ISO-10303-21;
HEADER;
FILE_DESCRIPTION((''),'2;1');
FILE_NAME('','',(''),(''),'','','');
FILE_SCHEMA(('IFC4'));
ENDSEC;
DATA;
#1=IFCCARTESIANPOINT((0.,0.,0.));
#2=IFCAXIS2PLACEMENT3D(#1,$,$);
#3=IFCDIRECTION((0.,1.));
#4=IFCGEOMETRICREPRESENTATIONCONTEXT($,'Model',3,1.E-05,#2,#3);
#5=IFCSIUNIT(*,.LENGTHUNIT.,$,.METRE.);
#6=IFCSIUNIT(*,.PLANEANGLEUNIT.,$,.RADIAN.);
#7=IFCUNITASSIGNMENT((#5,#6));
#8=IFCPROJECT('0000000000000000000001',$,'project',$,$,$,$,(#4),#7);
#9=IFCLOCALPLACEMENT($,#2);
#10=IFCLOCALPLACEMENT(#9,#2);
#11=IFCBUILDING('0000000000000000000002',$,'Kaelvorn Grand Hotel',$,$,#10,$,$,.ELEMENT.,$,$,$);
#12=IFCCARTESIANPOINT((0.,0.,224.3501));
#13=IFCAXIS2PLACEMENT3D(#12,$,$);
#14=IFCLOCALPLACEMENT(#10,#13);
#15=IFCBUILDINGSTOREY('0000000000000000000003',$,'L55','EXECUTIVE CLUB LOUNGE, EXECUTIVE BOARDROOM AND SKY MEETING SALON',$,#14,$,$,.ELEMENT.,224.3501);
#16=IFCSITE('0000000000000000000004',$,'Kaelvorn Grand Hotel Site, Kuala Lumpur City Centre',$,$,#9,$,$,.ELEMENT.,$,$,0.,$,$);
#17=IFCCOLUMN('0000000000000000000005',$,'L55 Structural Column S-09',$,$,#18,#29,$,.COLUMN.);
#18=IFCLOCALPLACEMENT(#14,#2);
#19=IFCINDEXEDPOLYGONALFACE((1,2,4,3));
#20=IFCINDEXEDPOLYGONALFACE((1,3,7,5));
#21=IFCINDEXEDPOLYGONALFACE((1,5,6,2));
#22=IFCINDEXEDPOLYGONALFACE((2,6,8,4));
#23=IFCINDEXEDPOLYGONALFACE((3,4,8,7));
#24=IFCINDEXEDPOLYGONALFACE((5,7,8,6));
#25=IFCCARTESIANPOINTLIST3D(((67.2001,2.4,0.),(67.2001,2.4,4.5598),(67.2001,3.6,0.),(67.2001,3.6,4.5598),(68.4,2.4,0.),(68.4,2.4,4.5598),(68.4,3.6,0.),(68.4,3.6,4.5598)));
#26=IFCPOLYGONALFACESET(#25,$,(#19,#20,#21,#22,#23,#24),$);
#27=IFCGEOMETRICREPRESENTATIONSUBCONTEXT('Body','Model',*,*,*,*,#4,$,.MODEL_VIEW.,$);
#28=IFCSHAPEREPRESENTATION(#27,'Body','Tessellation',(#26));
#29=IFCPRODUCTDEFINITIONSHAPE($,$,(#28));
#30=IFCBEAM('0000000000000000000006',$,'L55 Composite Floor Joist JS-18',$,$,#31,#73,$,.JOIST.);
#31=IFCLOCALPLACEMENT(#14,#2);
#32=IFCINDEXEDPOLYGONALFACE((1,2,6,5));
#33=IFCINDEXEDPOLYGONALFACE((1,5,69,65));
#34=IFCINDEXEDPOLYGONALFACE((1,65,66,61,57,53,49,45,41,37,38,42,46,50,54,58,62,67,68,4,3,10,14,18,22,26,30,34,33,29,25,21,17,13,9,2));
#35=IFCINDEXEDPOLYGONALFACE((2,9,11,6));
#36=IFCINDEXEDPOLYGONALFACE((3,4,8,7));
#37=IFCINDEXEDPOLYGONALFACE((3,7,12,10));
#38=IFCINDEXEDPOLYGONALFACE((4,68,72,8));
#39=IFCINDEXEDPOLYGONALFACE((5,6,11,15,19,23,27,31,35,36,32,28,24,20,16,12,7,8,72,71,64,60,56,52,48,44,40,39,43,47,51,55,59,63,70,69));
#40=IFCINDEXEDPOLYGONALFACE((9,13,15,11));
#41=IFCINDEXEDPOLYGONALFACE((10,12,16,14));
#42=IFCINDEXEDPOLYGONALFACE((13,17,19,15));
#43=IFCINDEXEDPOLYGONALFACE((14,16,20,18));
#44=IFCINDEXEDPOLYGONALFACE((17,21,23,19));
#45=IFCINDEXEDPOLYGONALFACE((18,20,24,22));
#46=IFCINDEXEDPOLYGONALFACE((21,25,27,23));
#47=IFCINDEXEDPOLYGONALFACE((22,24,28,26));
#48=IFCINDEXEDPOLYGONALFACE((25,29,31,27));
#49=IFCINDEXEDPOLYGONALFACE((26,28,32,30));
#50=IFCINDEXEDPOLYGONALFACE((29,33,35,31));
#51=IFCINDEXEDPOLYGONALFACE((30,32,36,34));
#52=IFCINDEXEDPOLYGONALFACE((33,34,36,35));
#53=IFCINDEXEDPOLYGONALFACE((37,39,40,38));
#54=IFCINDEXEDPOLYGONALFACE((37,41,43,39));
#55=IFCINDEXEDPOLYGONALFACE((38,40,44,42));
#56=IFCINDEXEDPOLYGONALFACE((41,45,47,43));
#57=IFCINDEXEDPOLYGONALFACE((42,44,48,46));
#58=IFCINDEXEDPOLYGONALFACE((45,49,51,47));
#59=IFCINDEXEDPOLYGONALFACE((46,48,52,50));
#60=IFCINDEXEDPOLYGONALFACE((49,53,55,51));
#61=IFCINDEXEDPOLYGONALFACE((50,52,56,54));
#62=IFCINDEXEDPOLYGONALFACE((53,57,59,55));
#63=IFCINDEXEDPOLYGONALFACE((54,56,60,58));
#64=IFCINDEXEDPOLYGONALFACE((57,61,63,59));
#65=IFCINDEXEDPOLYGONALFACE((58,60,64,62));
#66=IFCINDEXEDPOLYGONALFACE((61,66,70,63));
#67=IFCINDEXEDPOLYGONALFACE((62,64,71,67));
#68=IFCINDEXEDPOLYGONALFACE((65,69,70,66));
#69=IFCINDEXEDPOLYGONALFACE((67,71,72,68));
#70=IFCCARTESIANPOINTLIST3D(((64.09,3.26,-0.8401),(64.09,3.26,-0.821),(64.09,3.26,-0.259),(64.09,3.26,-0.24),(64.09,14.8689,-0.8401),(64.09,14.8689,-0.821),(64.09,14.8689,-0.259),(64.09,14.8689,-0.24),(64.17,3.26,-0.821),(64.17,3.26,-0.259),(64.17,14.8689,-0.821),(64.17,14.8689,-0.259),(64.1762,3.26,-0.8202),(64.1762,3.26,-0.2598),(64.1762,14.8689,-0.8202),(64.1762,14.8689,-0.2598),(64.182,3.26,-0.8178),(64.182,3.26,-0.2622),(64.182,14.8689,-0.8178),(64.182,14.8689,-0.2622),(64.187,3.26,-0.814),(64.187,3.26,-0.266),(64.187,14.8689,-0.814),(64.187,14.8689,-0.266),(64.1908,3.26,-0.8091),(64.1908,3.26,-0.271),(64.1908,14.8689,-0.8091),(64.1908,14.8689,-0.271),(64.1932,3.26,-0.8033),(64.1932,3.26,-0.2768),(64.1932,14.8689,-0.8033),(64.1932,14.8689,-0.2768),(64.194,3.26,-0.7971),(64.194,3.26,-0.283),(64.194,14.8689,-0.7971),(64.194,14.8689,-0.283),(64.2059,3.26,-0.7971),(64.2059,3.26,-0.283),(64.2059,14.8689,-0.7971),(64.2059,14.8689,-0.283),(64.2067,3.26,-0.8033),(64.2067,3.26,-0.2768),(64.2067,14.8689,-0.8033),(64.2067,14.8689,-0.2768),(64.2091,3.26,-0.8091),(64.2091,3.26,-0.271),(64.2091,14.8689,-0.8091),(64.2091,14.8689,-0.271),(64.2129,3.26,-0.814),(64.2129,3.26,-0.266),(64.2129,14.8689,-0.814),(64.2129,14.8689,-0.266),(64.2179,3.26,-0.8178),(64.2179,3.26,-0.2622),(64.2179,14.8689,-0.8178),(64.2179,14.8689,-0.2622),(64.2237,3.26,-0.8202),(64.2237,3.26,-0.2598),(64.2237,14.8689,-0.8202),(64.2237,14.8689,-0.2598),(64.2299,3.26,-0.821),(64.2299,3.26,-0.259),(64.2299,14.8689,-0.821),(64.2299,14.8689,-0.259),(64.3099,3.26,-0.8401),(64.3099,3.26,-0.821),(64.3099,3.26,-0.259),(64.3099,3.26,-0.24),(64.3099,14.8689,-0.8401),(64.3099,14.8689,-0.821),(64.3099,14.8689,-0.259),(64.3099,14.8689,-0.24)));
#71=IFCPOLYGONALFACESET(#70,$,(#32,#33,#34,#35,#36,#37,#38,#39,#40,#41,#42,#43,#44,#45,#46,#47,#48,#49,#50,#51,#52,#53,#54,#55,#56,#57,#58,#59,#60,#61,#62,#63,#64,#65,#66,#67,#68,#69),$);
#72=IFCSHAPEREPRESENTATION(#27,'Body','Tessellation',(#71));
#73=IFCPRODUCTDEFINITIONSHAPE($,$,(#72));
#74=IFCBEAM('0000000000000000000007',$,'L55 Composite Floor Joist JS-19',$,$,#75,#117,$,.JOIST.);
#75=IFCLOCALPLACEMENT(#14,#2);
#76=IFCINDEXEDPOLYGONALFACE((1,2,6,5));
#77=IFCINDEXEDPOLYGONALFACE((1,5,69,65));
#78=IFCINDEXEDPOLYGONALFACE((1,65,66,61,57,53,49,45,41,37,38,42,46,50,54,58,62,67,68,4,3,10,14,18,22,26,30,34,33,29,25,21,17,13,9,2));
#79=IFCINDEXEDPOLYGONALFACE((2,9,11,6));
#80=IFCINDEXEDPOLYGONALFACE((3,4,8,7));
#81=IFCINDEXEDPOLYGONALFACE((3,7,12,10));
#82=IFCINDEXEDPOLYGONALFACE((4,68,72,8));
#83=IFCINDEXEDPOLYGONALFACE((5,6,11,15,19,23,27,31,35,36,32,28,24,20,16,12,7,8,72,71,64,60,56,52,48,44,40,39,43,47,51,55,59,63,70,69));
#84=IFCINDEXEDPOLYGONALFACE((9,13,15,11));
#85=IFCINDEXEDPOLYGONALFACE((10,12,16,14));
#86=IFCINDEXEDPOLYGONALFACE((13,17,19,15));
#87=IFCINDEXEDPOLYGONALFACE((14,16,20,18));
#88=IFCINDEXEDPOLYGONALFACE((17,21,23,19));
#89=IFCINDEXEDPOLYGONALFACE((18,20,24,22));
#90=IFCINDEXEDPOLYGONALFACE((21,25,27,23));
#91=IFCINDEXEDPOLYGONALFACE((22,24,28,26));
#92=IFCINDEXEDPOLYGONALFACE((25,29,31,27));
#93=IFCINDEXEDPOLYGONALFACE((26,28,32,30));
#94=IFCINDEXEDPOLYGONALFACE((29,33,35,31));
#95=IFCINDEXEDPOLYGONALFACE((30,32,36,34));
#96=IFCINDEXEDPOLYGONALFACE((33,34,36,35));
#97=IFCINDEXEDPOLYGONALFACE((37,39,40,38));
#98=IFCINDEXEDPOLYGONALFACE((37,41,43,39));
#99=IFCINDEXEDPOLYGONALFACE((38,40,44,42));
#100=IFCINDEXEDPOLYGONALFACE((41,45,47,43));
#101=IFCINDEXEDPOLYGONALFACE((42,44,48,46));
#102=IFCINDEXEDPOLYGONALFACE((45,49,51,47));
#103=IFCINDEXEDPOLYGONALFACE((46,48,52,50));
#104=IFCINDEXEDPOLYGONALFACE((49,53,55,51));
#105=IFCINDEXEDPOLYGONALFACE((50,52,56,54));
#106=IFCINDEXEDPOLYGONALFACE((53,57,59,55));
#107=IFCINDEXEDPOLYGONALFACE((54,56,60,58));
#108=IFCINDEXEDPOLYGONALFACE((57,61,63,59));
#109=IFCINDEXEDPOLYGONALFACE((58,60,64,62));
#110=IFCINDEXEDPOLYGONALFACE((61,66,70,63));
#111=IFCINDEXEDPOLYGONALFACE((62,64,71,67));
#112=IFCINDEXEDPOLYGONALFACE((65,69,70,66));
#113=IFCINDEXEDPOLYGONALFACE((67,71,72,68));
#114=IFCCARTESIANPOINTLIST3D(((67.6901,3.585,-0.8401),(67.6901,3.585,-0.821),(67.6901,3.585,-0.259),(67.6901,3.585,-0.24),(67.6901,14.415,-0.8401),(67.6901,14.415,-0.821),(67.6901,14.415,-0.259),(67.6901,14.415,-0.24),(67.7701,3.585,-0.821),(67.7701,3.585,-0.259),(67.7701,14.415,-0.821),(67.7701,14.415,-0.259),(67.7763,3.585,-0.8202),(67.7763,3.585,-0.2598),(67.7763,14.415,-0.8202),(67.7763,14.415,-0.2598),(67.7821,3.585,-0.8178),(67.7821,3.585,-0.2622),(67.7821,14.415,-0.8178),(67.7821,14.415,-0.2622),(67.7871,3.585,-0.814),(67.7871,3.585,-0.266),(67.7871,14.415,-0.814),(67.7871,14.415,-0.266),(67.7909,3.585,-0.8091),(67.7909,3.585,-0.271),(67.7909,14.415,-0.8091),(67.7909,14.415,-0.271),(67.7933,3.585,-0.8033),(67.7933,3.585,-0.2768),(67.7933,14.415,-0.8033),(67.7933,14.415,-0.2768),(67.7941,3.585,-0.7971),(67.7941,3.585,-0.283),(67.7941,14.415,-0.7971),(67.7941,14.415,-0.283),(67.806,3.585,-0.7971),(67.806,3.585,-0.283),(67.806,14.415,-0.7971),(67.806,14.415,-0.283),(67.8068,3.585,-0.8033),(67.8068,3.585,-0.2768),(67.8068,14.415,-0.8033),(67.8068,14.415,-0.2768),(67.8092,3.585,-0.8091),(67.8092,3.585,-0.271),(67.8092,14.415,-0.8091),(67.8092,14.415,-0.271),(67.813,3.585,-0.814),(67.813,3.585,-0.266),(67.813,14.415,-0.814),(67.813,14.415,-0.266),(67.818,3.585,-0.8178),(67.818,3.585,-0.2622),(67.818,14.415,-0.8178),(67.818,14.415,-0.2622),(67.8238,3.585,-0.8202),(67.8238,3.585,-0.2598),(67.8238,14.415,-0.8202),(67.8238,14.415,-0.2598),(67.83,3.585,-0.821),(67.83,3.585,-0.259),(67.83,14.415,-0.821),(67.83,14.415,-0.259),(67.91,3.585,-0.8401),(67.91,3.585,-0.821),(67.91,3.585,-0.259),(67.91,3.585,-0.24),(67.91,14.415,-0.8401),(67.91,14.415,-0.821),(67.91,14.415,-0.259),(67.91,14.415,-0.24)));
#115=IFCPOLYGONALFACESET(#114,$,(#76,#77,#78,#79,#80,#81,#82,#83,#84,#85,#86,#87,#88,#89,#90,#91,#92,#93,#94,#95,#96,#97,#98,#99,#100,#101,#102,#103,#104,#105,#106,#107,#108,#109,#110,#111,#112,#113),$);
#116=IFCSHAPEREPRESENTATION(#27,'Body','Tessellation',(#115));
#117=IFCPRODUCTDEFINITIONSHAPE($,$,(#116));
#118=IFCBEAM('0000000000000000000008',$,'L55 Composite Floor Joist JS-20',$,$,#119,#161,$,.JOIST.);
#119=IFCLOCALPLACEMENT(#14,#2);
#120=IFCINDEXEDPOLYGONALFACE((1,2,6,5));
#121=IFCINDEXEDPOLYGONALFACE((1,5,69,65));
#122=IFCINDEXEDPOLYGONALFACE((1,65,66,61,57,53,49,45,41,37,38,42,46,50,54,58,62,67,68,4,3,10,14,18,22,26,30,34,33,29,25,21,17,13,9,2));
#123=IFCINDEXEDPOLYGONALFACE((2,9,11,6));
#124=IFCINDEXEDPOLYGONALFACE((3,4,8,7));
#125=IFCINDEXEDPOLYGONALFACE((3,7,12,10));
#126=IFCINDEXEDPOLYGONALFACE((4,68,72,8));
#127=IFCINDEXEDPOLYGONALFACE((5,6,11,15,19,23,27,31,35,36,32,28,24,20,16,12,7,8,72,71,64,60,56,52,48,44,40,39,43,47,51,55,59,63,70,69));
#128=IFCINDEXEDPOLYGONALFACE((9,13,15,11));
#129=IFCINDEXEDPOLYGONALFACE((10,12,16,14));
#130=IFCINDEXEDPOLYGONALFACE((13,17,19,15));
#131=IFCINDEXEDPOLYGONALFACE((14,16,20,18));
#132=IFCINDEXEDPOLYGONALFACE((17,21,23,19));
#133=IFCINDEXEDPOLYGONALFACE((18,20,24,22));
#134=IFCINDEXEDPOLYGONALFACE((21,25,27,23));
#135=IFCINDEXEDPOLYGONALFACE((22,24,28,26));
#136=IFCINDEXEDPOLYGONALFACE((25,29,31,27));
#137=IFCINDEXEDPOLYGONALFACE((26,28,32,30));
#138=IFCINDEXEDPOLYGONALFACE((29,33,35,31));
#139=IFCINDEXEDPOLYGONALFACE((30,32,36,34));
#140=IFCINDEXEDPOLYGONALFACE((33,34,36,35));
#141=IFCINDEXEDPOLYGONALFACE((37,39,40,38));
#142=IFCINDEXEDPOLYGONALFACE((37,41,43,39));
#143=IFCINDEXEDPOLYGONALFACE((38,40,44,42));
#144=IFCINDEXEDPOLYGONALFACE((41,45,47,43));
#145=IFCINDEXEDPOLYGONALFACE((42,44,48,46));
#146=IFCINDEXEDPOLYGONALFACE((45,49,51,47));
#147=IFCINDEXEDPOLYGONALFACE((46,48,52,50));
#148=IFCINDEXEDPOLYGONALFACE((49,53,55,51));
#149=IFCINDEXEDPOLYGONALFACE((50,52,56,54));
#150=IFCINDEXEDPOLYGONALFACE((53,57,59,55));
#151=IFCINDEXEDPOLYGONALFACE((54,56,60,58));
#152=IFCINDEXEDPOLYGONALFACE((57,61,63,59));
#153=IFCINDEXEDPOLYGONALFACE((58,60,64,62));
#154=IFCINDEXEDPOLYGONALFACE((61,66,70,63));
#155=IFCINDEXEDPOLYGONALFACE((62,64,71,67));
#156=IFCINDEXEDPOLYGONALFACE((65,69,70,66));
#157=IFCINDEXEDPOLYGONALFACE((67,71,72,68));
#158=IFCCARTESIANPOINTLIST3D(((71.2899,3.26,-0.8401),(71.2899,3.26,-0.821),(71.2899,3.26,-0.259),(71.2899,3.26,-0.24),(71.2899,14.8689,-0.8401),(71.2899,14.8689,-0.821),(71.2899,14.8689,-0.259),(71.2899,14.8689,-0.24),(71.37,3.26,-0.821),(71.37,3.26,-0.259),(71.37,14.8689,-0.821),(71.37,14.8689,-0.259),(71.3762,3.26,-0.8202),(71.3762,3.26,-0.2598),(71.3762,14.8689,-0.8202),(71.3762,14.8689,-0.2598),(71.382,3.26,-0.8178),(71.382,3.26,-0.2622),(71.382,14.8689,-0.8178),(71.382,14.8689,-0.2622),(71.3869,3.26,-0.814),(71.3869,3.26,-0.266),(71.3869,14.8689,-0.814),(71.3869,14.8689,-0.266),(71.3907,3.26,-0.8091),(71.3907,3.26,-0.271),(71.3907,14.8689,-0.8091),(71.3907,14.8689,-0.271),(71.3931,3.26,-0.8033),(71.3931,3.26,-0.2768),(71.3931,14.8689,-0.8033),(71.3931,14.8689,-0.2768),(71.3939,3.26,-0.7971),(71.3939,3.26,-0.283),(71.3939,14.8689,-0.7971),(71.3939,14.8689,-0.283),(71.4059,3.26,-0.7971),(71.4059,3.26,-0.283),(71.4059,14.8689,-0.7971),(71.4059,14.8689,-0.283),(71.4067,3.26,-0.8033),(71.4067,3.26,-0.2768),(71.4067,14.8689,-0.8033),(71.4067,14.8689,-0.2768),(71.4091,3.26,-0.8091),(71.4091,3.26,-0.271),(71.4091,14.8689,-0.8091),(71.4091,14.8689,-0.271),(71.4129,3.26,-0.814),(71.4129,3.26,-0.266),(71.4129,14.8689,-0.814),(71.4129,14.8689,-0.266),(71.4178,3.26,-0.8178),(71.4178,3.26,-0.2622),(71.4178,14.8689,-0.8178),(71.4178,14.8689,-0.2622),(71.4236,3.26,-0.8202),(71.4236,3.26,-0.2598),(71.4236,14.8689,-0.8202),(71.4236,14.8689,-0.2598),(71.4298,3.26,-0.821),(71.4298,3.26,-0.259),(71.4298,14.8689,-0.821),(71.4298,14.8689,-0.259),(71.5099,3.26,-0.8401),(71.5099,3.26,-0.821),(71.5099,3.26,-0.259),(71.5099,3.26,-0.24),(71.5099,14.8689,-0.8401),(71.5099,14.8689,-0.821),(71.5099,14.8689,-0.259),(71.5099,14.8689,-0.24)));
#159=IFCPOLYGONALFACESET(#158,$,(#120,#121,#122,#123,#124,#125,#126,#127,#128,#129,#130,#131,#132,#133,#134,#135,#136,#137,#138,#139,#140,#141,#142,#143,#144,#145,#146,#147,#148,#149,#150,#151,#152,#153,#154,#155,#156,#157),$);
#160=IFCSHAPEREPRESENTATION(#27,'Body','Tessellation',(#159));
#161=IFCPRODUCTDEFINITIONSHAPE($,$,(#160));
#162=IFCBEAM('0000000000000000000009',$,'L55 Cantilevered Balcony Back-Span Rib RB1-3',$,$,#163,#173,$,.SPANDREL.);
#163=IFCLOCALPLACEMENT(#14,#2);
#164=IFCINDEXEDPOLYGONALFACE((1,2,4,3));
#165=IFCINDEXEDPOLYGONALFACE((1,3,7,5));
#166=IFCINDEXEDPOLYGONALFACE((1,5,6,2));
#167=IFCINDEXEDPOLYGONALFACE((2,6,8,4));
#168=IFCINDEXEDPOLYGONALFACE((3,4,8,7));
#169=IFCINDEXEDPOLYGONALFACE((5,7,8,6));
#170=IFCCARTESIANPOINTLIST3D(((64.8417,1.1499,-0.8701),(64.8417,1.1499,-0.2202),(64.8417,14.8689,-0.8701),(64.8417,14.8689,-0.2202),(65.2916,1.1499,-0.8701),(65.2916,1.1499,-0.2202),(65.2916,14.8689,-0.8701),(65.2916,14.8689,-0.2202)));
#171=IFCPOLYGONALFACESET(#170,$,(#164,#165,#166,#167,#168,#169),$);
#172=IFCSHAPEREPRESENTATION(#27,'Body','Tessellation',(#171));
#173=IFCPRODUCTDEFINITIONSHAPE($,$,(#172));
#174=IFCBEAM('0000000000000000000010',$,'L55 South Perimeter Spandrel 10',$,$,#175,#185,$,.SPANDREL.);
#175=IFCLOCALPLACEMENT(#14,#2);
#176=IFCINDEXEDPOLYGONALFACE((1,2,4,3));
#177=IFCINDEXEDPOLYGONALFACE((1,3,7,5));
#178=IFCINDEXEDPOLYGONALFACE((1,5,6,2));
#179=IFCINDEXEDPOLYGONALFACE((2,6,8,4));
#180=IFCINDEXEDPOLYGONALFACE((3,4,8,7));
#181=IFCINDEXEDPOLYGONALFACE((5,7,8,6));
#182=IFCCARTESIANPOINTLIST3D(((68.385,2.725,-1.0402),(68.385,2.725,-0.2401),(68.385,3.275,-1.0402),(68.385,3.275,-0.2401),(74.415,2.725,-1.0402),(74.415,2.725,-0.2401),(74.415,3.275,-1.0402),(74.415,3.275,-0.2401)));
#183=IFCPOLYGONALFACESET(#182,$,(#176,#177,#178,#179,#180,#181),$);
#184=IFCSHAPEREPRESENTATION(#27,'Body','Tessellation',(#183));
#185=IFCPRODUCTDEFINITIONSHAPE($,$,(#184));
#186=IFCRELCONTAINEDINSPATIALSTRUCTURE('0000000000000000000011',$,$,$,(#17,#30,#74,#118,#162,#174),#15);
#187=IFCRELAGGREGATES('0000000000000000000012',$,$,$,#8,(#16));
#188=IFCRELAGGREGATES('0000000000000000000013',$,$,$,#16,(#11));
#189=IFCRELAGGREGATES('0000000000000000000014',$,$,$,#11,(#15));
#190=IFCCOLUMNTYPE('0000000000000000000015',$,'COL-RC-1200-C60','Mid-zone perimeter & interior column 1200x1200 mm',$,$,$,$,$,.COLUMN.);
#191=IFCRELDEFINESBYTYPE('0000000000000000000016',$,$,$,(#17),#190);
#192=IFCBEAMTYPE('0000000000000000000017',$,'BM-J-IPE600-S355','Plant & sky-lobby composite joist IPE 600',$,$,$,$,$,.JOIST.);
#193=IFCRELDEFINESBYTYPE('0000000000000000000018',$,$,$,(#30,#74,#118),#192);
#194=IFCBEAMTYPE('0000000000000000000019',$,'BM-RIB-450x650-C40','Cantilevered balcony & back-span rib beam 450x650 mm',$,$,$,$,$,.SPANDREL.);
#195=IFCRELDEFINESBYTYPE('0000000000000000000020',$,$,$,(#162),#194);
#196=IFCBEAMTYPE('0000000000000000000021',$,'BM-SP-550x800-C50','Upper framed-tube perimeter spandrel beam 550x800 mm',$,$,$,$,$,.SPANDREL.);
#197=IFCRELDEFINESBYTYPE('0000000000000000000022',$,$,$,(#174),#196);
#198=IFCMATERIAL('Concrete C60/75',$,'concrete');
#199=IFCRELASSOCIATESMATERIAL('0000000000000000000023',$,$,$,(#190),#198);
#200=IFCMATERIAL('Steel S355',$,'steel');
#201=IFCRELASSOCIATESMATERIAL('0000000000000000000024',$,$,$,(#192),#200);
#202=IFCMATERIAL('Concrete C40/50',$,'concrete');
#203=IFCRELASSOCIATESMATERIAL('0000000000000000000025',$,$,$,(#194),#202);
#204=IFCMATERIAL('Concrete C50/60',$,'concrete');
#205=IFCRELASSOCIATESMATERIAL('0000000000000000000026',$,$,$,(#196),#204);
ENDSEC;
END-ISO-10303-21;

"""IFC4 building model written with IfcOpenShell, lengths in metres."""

from ifc_helpers import new_model, si_unit, direction, frame, origin, origin_2d, place, context, subcontext, project, spatial, rectangle, i_section, extrude, material, material_profile, profile_set, type_object, element, save


model = new_model("IFC4")

# Units and contexts
model_context = context("Model", 3, precision=1e-05, world=origin(), true_north=direction((0.0, 1.0)))
body_context = subcontext(model_context, "Body", "Model", "MODEL_VIEW")
ifc_project = project(units=[si_unit("LENGTHUNIT", "METRE"), si_unit("PLANEANGLEUNIT", "RADIAN")], contexts=[model_context])

# Site, building, storey
site_placement = place(None, origin())
site = spatial("IfcSite", under=ifc_project, at=site_placement, Name="Kaelvorn Grand Hotel Site, Kuala Lumpur City Centre", CompositionType="ELEMENT", RefElevation=0.0)
building_placement = place(site_placement, origin())
building = spatial("IfcBuilding", under=site, at=building_placement, Name="Kaelvorn Grand Hotel", CompositionType="ELEMENT")
storey_placement = place(building_placement, frame((0.0, 0.0, 224.3501)))
storey = spatial("IfcBuildingStorey", under=building, at=storey_placement, Name="L55", Description="EXECUTIVE CLUB LOUNGE, EXECUTIVE BOARDROOM AND SKY MEETING SALON", CompositionType="ELEMENT", Elevation=224.3501)

# Column
ifc_material_1 = material(Name="Concrete C60/75", Category="concrete")
ifc_material_profile_1 = material_profile(ifc_material_1, rectangle(XDim=1.2, YDim=1.2, at=origin_2d()), Name="RC COL 1200x1200")
ifc_profile_set_1 = profile_set([ifc_material_profile_1], Name="Concrete C60/75")
column_type = type_object("IfcColumnType", Name="COL-RC-1200-C60", Description="Mid-zone perimeter & interior column 1200x1200 mm", PredefinedType="COLUMN", material=ifc_profile_set_1)
column_placement = place(storey_placement, frame((67.8, 3.0, 0.0), z_axis=(0.0, 0.0, 1.0), x_axis=(1.0, 0.0, 0.0)))
element("IfcColumn", 1, at=column_placement, inside=storey, type_object=column_type, Name="L55 Structural Column S-09", PredefinedType="COLUMN", context=body_context, shape_type="SweptSolid", body=[
    extrude(rectangle(XDim=1.2, YDim=1.2, at=origin_2d()), origin(), (0.0, 0.0, 1.0), 4.5598),
])

# Beams
ifc_material_2 = material(Name="Steel S355", Category="steel")
ifc_material_profile_2 = material_profile(ifc_material_2, i_section(OverallWidth=0.22, OverallDepth=0.6001, WebThickness=0.012, FlangeThickness=0.019, FilletRadius=0.0239, at=origin_2d()), Name="IPE 600")
ifc_profile_set_2 = profile_set([ifc_material_profile_2], Name="Steel S355")
beam_type_1 = type_object("IfcBeamType", Name="BM-J-IPE600-S355", Description="Plant & sky-lobby composite joist IPE 600", PredefinedType="JOIST", material=ifc_profile_set_2)
beam_1_placement = place(storey_placement, frame((64.2, 3.26, -0.54), z_axis=(0.0, 1.0, 0.0), x_axis=(-1.0, 0.0, 0.0)))
element("IfcBeam", 2, at=beam_1_placement, inside=storey, type_object=beam_type_1, Name="L55 Composite Floor Joist JS-18", PredefinedType="JOIST", context=body_context, shape_type="SweptSolid", body=[
    extrude(i_section(OverallWidth=0.22, OverallDepth=0.6001, WebThickness=0.012, FlangeThickness=0.019, FilletRadius=0.0239, at=origin_2d()), origin(), (0.0, 0.0, 1.0), 11.6089),
])
beam_2_placement = place(storey_placement, frame((67.8, 3.585, -0.54), z_axis=(0.0, 1.0, 0.0), x_axis=(-1.0, 0.0, 0.0)))
element("IfcBeam", 3, at=beam_2_placement, inside=storey, type_object=beam_type_1, Name="L55 Composite Floor Joist JS-19", PredefinedType="JOIST", context=body_context, shape_type="SweptSolid", body=[
    extrude(i_section(OverallWidth=0.22, OverallDepth=0.6001, WebThickness=0.012, FlangeThickness=0.019, FilletRadius=0.0239, at=origin_2d()), origin(), (0.0, 0.0, 1.0), 10.8301),
])
beam_3_placement = place(storey_placement, frame((71.3999, 3.26, -0.54), z_axis=(0.0, 1.0, 0.0), x_axis=(-1.0, 0.0, 0.0)))
element("IfcBeam", 4, at=beam_3_placement, inside=storey, type_object=beam_type_1, Name="L55 Composite Floor Joist JS-20", PredefinedType="JOIST", context=body_context, shape_type="SweptSolid", body=[
    extrude(i_section(OverallWidth=0.22, OverallDepth=0.6001, WebThickness=0.012, FlangeThickness=0.019, FilletRadius=0.0239, at=origin_2d()), origin(), (0.0, 0.0, 1.0), 11.6089),
])
ifc_material_3 = material(Name="Concrete C40/50", Category="concrete")
ifc_material_profile_3 = material_profile(ifc_material_3, rectangle(XDim=0.45, YDim=0.6499, at=origin_2d()), Name="RC RIB 450x650")
ifc_profile_set_3 = profile_set([ifc_material_profile_3], Name="Concrete C40/50")
beam_type_2 = type_object("IfcBeamType", Name="BM-RIB-450x650-C40", Description="Cantilevered balcony & back-span rib beam 450x650 mm", PredefinedType="SPANDREL", material=ifc_profile_set_3)
beam_4_placement = place(storey_placement, frame((65.0667, 1.1499, -0.5452), z_axis=(0.0, 1.0, 0.0), x_axis=(-1.0, 0.0, 0.0)))
element("IfcBeam", 5, at=beam_4_placement, inside=storey, type_object=beam_type_2, Name="L55 Cantilevered Balcony Back-Span Rib RB1-3", PredefinedType="SPANDREL", context=body_context, shape_type="SweptSolid", body=[
    extrude(rectangle(XDim=0.45, YDim=0.6499, at=origin_2d()), origin(), (0.0, 0.0, 1.0), 13.719),
])
ifc_material_4 = material(Name="Concrete C50/60", Category="concrete")
ifc_material_profile_4 = material_profile(ifc_material_4, rectangle(XDim=0.55, YDim=0.8, at=origin_2d()), Name="RC SPANDREL 550x800")
ifc_profile_set_4 = profile_set([ifc_material_profile_4], Name="Concrete C50/60")
beam_type_3 = type_object("IfcBeamType", Name="BM-SP-550x800-C50", Description="Upper framed-tube perimeter spandrel beam 550x800 mm", PredefinedType="SPANDREL", material=ifc_profile_set_4)
beam_5_placement = place(storey_placement, frame((68.385, 3.0, -0.6401), z_axis=(1.0, 0.0, 0.0), x_axis=(0.0, 1.0, 0.0)))
element("IfcBeam", 6, at=beam_5_placement, inside=storey, type_object=beam_type_3, Name="L55 South Perimeter Spandrel 10", PredefinedType="SPANDREL", context=body_context, shape_type="SweptSolid", body=[
    extrude(rectangle(XDim=0.55, YDim=0.8, at=origin_2d()), origin(), (0.0, 0.0, 1.0), 6.03),
])

save(model, "model.ifc")
